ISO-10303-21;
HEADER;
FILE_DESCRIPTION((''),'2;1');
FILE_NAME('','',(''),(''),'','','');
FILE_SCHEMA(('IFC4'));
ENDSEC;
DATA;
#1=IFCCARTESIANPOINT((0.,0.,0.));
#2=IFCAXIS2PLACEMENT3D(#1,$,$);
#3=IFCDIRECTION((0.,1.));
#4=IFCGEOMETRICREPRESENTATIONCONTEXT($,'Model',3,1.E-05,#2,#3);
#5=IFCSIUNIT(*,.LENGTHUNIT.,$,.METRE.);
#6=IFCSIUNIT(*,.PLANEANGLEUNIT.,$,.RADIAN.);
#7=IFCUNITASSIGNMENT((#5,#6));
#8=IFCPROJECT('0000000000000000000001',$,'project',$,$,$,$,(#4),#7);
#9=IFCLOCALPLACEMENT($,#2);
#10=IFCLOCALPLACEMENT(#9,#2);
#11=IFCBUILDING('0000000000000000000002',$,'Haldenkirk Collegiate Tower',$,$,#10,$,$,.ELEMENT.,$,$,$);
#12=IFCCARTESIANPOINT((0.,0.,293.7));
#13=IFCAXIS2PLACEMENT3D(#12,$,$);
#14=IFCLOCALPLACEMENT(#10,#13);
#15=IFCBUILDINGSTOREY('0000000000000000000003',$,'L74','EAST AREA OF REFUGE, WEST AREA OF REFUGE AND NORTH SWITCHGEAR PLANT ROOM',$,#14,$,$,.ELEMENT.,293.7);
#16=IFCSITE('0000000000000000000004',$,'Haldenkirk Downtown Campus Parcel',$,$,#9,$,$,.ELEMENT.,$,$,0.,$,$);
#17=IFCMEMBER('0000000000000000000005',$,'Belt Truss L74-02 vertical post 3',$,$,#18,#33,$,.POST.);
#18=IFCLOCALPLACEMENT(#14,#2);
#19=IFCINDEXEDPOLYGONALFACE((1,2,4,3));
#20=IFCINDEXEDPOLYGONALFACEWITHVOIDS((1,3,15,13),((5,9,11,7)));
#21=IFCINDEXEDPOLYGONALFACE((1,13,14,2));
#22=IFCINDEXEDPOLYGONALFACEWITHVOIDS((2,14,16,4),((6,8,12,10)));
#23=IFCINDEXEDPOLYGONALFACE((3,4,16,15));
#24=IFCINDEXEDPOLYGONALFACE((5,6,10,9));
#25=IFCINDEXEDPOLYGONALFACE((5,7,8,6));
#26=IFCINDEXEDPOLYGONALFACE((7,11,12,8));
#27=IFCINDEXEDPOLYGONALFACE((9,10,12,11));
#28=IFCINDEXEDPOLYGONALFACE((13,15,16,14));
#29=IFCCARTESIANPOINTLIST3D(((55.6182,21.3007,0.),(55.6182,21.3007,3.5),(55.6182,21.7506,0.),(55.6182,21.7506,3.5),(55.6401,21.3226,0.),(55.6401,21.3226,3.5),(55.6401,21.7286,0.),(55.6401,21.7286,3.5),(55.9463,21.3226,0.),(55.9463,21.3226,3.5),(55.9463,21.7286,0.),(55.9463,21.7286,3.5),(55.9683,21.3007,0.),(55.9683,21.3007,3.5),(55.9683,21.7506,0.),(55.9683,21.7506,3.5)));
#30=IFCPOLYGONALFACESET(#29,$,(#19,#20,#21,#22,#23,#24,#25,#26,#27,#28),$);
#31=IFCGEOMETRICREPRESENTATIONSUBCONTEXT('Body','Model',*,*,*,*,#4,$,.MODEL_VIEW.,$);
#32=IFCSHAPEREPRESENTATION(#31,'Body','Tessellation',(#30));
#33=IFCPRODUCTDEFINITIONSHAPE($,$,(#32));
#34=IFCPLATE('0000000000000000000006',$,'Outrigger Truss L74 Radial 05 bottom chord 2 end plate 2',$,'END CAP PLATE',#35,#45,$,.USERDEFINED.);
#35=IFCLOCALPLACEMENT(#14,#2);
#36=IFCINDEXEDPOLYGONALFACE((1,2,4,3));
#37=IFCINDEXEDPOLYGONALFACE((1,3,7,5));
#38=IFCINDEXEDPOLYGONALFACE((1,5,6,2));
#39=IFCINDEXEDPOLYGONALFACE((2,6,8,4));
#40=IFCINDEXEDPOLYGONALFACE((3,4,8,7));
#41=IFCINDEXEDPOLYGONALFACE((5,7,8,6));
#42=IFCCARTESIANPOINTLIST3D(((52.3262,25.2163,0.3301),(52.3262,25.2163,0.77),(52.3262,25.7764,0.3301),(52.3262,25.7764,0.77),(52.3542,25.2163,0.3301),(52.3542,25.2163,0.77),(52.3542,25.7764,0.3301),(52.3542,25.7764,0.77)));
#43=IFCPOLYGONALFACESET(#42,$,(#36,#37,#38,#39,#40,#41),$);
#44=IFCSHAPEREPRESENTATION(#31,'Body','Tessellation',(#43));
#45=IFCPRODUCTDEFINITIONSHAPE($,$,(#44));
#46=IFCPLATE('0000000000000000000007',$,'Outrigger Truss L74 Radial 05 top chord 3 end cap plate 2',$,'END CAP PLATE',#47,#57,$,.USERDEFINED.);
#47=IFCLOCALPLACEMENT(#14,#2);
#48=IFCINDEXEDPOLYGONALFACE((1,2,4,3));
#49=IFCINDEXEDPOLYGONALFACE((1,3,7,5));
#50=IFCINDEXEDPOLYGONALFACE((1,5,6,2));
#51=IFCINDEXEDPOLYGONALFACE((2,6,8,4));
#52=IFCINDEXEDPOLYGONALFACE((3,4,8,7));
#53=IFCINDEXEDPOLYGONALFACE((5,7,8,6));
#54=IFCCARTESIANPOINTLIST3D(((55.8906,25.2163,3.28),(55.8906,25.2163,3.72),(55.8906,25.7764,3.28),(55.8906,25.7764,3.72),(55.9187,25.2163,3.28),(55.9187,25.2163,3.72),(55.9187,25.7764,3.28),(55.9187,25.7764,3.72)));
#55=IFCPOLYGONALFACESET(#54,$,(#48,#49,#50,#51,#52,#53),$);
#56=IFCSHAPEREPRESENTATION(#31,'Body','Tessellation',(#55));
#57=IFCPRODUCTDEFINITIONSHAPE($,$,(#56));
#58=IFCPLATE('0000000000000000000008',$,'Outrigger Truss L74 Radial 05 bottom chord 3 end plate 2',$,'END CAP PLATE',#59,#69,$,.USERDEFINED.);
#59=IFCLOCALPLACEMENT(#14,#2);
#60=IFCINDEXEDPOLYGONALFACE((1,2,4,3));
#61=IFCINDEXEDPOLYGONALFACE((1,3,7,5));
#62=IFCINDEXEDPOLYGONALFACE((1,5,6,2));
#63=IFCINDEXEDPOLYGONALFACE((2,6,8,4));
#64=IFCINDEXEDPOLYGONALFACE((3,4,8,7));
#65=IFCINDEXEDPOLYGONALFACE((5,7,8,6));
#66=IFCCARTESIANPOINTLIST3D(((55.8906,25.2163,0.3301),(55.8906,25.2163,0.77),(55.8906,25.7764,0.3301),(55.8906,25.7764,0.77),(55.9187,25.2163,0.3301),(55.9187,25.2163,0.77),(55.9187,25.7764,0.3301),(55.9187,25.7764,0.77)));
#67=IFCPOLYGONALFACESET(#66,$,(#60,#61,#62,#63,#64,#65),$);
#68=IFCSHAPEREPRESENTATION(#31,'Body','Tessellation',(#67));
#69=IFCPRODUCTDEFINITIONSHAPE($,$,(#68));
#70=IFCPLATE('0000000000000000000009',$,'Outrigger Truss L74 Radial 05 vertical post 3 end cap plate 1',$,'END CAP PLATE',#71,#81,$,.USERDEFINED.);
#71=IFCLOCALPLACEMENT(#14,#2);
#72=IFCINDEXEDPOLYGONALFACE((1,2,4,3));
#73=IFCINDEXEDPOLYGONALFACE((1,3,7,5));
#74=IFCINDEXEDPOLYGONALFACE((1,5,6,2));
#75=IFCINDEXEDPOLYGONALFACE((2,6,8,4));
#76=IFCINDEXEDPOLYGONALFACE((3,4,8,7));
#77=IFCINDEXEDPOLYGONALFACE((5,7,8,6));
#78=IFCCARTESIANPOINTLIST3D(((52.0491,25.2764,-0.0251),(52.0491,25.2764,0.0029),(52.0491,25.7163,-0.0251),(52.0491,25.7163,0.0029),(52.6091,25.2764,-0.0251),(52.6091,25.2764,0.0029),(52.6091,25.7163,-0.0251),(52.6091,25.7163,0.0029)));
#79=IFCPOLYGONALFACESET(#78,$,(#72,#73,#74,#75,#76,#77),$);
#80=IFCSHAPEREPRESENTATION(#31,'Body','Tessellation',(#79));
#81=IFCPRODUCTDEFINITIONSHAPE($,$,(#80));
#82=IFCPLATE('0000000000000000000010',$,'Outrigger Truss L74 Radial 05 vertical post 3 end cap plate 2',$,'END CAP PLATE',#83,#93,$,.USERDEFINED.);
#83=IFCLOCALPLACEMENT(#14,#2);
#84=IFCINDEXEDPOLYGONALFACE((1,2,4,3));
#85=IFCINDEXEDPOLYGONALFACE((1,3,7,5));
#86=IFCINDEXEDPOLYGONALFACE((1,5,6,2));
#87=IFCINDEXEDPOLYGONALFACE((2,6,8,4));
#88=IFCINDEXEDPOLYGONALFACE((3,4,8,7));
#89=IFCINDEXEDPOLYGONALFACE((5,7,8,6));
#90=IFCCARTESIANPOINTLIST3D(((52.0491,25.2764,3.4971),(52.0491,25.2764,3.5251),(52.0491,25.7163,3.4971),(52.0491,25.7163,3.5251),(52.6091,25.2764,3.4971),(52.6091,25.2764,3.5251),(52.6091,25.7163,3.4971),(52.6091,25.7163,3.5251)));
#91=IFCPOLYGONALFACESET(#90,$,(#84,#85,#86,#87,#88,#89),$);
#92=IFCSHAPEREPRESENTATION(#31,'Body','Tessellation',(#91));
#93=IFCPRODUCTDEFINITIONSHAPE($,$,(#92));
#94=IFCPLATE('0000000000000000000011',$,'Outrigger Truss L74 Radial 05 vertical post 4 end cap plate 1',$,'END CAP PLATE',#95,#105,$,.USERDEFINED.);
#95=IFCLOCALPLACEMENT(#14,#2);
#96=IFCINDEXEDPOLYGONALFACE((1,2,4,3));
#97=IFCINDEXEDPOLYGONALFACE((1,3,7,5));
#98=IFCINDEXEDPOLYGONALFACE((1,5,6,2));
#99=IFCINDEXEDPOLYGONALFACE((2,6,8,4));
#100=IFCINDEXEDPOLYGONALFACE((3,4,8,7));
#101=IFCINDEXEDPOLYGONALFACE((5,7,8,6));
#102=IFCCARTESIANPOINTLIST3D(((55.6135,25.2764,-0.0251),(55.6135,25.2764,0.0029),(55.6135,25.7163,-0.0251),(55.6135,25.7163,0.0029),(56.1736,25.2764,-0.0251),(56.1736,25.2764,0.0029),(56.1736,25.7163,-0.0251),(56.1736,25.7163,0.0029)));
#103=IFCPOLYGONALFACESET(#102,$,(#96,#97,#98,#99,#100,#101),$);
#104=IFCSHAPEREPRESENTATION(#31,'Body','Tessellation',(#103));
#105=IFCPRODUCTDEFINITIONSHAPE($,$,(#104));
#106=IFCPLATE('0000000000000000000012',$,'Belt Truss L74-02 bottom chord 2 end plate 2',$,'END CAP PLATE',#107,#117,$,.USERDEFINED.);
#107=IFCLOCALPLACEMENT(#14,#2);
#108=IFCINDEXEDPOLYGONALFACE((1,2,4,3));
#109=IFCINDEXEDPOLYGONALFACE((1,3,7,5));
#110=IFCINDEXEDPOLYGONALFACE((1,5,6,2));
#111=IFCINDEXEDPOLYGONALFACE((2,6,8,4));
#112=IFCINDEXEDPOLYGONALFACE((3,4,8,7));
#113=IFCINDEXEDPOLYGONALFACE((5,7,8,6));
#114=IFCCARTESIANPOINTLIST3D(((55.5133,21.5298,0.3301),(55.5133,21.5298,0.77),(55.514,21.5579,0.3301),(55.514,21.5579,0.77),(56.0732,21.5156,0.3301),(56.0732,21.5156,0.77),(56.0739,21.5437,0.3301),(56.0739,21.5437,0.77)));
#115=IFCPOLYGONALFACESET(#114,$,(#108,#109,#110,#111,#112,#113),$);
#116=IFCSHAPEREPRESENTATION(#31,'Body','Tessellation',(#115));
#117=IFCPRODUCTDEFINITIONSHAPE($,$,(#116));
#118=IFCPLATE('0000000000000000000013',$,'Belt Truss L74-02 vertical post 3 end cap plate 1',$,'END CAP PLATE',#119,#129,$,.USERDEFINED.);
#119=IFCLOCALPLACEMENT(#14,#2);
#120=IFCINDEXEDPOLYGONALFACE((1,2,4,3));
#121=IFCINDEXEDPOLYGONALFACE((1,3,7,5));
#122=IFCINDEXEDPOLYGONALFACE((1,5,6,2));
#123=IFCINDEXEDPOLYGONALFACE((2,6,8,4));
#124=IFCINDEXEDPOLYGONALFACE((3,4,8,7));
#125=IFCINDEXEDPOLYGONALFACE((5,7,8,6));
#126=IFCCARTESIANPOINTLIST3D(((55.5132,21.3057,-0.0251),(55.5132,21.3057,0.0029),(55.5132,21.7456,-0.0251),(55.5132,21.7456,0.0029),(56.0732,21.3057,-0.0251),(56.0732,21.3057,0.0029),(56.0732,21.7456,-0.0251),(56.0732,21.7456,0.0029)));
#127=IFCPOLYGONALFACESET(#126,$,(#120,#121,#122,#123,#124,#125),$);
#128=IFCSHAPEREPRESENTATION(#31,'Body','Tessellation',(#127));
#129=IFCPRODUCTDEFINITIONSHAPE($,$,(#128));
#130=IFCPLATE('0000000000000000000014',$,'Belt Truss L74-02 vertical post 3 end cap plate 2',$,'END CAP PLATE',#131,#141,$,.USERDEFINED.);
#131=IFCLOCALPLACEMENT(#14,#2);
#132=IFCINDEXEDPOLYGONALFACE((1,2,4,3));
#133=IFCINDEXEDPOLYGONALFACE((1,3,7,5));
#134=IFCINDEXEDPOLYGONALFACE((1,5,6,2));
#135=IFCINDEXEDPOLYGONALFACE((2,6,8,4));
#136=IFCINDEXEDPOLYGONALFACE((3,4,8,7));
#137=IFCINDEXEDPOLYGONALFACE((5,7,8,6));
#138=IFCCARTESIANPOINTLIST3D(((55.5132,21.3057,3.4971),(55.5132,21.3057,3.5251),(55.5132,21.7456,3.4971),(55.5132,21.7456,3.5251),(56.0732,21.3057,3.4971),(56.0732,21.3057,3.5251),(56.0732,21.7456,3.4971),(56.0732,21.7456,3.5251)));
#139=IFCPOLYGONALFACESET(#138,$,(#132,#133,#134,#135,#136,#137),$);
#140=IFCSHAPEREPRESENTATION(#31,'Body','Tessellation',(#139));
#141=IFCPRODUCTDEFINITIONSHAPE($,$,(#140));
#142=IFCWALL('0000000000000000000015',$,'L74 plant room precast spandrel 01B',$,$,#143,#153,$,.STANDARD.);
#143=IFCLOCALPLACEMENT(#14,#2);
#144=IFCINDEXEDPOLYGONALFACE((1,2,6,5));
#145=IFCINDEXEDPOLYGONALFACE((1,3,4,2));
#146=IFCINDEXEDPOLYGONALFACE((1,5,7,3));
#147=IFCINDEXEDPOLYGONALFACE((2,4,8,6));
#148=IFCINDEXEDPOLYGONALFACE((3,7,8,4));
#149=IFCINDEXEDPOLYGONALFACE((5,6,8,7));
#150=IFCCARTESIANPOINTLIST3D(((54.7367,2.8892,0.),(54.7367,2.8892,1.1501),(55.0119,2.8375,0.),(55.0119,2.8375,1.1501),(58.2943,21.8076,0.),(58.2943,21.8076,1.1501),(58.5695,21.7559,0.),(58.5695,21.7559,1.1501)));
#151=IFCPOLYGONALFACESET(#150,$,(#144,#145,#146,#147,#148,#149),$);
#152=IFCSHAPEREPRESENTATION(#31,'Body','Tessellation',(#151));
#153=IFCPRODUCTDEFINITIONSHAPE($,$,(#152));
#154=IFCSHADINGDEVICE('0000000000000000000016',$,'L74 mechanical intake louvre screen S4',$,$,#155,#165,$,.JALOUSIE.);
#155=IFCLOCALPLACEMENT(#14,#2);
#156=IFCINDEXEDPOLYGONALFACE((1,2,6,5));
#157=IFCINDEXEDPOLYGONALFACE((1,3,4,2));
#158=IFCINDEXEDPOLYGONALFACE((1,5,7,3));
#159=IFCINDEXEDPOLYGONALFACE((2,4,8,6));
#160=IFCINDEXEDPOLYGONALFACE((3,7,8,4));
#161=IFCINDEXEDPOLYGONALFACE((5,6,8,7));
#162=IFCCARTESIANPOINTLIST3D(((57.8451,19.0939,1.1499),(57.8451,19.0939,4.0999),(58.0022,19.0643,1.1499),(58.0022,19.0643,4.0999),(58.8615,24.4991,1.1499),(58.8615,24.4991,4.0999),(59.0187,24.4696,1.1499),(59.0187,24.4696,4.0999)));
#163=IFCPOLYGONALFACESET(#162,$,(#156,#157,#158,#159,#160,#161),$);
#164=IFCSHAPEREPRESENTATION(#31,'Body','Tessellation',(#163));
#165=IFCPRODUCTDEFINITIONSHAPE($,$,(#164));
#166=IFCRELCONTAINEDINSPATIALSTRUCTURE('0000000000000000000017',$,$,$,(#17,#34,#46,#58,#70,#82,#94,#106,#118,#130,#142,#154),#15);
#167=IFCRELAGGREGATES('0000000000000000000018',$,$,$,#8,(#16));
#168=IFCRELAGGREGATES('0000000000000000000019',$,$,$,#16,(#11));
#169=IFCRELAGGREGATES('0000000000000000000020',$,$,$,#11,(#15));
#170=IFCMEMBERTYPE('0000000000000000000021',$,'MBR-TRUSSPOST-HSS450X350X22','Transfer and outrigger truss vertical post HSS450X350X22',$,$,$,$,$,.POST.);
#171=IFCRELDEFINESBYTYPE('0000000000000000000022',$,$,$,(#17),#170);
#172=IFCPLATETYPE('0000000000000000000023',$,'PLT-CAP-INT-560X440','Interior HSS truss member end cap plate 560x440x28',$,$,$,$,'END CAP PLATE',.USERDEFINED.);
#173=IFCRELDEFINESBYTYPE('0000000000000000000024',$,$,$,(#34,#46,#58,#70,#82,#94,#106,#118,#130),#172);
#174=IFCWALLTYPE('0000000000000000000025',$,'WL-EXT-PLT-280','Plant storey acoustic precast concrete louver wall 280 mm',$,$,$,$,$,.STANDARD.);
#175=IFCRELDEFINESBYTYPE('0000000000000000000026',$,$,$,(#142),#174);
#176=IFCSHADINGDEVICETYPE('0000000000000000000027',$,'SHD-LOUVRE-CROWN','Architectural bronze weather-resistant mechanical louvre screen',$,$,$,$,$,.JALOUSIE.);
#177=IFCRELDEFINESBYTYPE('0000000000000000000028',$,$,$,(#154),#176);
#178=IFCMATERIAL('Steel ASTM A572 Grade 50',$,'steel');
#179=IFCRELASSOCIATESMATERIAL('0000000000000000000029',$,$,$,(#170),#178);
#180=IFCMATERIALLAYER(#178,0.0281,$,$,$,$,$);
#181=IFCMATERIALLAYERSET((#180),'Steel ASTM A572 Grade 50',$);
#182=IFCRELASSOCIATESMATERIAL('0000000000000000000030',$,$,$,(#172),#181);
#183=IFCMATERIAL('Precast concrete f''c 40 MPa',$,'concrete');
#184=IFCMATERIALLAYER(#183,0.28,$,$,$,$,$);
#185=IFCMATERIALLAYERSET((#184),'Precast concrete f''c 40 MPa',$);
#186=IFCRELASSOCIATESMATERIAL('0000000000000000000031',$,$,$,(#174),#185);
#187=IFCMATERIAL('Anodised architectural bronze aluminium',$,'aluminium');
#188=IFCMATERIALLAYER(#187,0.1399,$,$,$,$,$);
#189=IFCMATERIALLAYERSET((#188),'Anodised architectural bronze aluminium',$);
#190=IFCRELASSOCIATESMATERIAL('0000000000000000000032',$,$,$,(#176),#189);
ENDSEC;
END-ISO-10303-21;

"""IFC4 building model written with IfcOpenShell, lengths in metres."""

from ifc_helpers import new_model, si_unit, direction, frame, frame_2d, origin, origin_2d, place, context, subcontext, project, spatial, rectangle, hollow_rectangle, extrude, source, transform, mapped, material, layer, layer_set, material_profile, profile_set, type_object, element, save


model = new_model("IFC4")

# Units and contexts
model_context = context("Model", 3, precision=1e-05, world=origin(), true_north=direction((0.0, 1.0)))
body_context = subcontext(model_context, "Body", "Model", "MODEL_VIEW")
ifc_project = project(units=[si_unit("LENGTHUNIT", "METRE"), si_unit("PLANEANGLEUNIT", "RADIAN")], contexts=[model_context])

# Site, building, storey
site_placement = place(None, origin())
site = spatial("IfcSite", under=ifc_project, at=site_placement, Name="Haldenkirk Downtown Campus Parcel", CompositionType="ELEMENT", RefElevation=0.0)
building_placement = place(site_placement, origin())
building = spatial("IfcBuilding", under=site, at=building_placement, Name="Haldenkirk Collegiate Tower", CompositionType="ELEMENT")
storey_placement = place(building_placement, frame((0.0, 0.0, 293.7)))
storey = spatial("IfcBuildingStorey", under=building, at=storey_placement, Name="L74", Description="EAST AREA OF REFUGE, WEST AREA OF REFUGE AND NORTH SWITCHGEAR PLANT ROOM", CompositionType="ELEMENT", Elevation=293.7)

# Member
ifc_material_1 = material(Name="Steel ASTM A572 Grade 50", Category="steel")
ifc_material_profile_1 = material_profile(ifc_material_1, hollow_rectangle(XDim=0.3501, YDim=0.45, WallThickness=0.022, at=origin_2d()), Name="HSS450X350X22")
ifc_profile_set_1 = profile_set([ifc_material_profile_1], Name="Steel ASTM A572 Grade 50")
member_type_1 = type_object("IfcMemberType", Name="MBR-TRUSSPOST-HSS450X350X22", Description="Transfer and outrigger truss vertical post HSS450X350X22", PredefinedType="POST", material=ifc_profile_set_1)
for number, where, z_axis, x_axis, name in (
    (1, (55.7932, 21.5256, 0.0), (0.0, 0.0, 1.0), (1.0, 0.0, 0.0), "Belt Truss L74-02 vertical post 3"),
):
    element("IfcMember", number, at=place(storey_placement, frame(where, z_axis=z_axis, x_axis=x_axis)), inside=storey, type_object=member_type_1, Name=name, PredefinedType="POST", context=body_context, shape_type="SweptSolid", body=[
        extrude(hollow_rectangle(XDim=0.3501, YDim=0.45, WallThickness=0.022, at=origin_2d()), origin(), (0.0, 0.0, 1.0), 3.5),
    ])

# Plates
ifc_layer_1 = layer(ifc_material_1, 0.0281)
ifc_layer_set_1 = layer_set([ifc_layer_1], Name="Steel ASTM A572 Grade 50")
plate_type = type_object("IfcPlateType", Name="PLT-CAP-INT-560X440", Description="Interior HSS truss member end cap plate 560x440x28", ElementType="END CAP PLATE", PredefinedType="USERDEFINED", material=ifc_layer_set_1)
shared_shape_1 = source(origin(), body_context, "Body", "SweptSolid", [
    extrude(rectangle(XDim=0.5601, YDim=0.4399, at=origin_2d()), origin(), (0.0, 0.0, 1.0), 0.0281),
])
for number, where, z_axis, x_axis, name in (
    (2, (52.3262, 25.4963, 0.55), (1.0, 0.0, 0.0), (0.0, 1.0, 0.0), "Outrigger Truss L74 Radial 05 bottom chord 2 end plate 2"),
    (3, (55.8906, 25.4963, 3.5), (1.0, 0.0, 0.0), (0.0, 1.0, 0.0), "Outrigger Truss L74 Radial 05 top chord 3 end cap plate 2"),
    (4, (55.8906, 25.4963, 0.55), (1.0, 0.0, 0.0), (0.0, 1.0, 0.0), "Outrigger Truss L74 Radial 05 bottom chord 3 end plate 2"),
    (5, (52.3291, 25.4963, 0.0029), (0.0, 0.0, -1.0), (1.0, 0.0, 0.0), "Outrigger Truss L74 Radial 05 vertical post 3 end cap plate 1"),
    (6, (52.3291, 25.4963, 3.4971), (0.0, 0.0, 1.0), (1.0, 0.0, 0.0), "Outrigger Truss L74 Radial 05 vertical post 3 end cap plate 2"),
    (7, (55.8936, 25.4963, 0.0029), (0.0, 0.0, -1.0), (1.0, 0.0, 0.0), "Outrigger Truss L74 Radial 05 vertical post 4 end cap plate 1"),
    (8, (55.7932, 21.5227, 0.55), (0.025302, 0.99968, 0.0), (-0.99968, 0.025302, 0.0), "Belt Truss L74-02 bottom chord 2 end plate 2"),
    (9, (55.7932, 21.5256, 0.0029), (0.0, 0.0, -1.0), (1.0, 0.0, 0.0), "Belt Truss L74-02 vertical post 3 end cap plate 1"),
    (10, (55.7932, 21.5256, 3.4971), (0.0, 0.0, 1.0), (1.0, 0.0, 0.0), "Belt Truss L74-02 vertical post 3 end cap plate 2"),
):
    element("IfcPlate", number, at=place(storey_placement, frame(where, z_axis=z_axis, x_axis=x_axis)), inside=storey, type_object=plate_type, Name=name, ObjectType="END CAP PLATE", PredefinedType="USERDEFINED", context=body_context, shape_type="MappedRepresentation", body=[
        mapped(shared_shape_1, transform((0.0, 0.0, 0.0), x_axis=(1.0, 0.0, 0.0), y_axis=(0.0, 1.0, 0.0), z_axis=(0.0, 0.0, 1.0), scale=1.0)),
    ])

# Wall
ifc_material_2 = material(Name="Precast concrete f'c 40 MPa", Category="concrete")
ifc_layer_2 = layer(ifc_material_2, 0.28)
ifc_layer_set_2 = layer_set([ifc_layer_2], Name="Precast concrete f'c 40 MPa")
wall_type = type_object("IfcWallType", Name="WL-EXT-PLT-280", Description="Plant storey acoustic precast concrete louver wall 280 mm", PredefinedType="STANDARD", material=ifc_layer_set_2)
wall_placement = place(storey_placement, frame((58.4319, 21.7817, 0.0), z_axis=(0.0, 0.0, 1.0), x_axis=(-0.184811, -0.982774, 0.0)))
element("IfcWall", 11, at=wall_placement, inside=storey, type_object=wall_type, Name="L74 plant room precast spandrel 01B", PredefinedType="STANDARD", context=body_context, shape_type="SweptSolid", body=[
    extrude(rectangle(XDim=19.25, YDim=0.28, at=frame_2d((9.625, 0.0))), origin(), (0.0, 0.0, 1.0), 1.1501),
])

# Shading device
ifc_material_3 = material(Name="Anodised architectural bronze aluminium", Category="aluminium")
ifc_layer_3 = layer(ifc_material_3, 0.1399)
ifc_layer_set_3 = layer_set([ifc_layer_3], Name="Anodised architectural bronze aluminium")
shading_device_type = type_object("IfcShadingDeviceType", Name="SHD-LOUVRE-CROWN", Description="Architectural bronze weather-resistant mechanical louvre screen", PredefinedType="JALOUSIE", material=ifc_layer_set_3)
shared_shape_2 = source(origin(), body_context, "Body", "SweptSolid", [
    extrude(rectangle(XDim=5.5, YDim=0.1599, at=origin_2d()), origin(), (0.0, 0.0, 1.0), 2.95),
])
shading_device_placement = place(storey_placement, frame((58.4319, 21.7817, 1.1499), z_axis=(0.0, 0.0, 1.0), x_axis=(-0.184809, -0.982774, 0.0)))
element("IfcShadingDevice", 12, at=shading_device_placement, inside=storey, type_object=shading_device_type, Name="L74 mechanical intake louvre screen S4", PredefinedType="JALOUSIE", context=body_context, shape_type="MappedRepresentation", body=[
    mapped(shared_shape_2, transform((0.0, 0.0, 0.0), x_axis=(1.0, 0.0, 0.0), y_axis=(0.0, 1.0, 0.0), z_axis=(0.0, 0.0, 1.0), scale=1.0)),
])

save(model, "model.ifc")
